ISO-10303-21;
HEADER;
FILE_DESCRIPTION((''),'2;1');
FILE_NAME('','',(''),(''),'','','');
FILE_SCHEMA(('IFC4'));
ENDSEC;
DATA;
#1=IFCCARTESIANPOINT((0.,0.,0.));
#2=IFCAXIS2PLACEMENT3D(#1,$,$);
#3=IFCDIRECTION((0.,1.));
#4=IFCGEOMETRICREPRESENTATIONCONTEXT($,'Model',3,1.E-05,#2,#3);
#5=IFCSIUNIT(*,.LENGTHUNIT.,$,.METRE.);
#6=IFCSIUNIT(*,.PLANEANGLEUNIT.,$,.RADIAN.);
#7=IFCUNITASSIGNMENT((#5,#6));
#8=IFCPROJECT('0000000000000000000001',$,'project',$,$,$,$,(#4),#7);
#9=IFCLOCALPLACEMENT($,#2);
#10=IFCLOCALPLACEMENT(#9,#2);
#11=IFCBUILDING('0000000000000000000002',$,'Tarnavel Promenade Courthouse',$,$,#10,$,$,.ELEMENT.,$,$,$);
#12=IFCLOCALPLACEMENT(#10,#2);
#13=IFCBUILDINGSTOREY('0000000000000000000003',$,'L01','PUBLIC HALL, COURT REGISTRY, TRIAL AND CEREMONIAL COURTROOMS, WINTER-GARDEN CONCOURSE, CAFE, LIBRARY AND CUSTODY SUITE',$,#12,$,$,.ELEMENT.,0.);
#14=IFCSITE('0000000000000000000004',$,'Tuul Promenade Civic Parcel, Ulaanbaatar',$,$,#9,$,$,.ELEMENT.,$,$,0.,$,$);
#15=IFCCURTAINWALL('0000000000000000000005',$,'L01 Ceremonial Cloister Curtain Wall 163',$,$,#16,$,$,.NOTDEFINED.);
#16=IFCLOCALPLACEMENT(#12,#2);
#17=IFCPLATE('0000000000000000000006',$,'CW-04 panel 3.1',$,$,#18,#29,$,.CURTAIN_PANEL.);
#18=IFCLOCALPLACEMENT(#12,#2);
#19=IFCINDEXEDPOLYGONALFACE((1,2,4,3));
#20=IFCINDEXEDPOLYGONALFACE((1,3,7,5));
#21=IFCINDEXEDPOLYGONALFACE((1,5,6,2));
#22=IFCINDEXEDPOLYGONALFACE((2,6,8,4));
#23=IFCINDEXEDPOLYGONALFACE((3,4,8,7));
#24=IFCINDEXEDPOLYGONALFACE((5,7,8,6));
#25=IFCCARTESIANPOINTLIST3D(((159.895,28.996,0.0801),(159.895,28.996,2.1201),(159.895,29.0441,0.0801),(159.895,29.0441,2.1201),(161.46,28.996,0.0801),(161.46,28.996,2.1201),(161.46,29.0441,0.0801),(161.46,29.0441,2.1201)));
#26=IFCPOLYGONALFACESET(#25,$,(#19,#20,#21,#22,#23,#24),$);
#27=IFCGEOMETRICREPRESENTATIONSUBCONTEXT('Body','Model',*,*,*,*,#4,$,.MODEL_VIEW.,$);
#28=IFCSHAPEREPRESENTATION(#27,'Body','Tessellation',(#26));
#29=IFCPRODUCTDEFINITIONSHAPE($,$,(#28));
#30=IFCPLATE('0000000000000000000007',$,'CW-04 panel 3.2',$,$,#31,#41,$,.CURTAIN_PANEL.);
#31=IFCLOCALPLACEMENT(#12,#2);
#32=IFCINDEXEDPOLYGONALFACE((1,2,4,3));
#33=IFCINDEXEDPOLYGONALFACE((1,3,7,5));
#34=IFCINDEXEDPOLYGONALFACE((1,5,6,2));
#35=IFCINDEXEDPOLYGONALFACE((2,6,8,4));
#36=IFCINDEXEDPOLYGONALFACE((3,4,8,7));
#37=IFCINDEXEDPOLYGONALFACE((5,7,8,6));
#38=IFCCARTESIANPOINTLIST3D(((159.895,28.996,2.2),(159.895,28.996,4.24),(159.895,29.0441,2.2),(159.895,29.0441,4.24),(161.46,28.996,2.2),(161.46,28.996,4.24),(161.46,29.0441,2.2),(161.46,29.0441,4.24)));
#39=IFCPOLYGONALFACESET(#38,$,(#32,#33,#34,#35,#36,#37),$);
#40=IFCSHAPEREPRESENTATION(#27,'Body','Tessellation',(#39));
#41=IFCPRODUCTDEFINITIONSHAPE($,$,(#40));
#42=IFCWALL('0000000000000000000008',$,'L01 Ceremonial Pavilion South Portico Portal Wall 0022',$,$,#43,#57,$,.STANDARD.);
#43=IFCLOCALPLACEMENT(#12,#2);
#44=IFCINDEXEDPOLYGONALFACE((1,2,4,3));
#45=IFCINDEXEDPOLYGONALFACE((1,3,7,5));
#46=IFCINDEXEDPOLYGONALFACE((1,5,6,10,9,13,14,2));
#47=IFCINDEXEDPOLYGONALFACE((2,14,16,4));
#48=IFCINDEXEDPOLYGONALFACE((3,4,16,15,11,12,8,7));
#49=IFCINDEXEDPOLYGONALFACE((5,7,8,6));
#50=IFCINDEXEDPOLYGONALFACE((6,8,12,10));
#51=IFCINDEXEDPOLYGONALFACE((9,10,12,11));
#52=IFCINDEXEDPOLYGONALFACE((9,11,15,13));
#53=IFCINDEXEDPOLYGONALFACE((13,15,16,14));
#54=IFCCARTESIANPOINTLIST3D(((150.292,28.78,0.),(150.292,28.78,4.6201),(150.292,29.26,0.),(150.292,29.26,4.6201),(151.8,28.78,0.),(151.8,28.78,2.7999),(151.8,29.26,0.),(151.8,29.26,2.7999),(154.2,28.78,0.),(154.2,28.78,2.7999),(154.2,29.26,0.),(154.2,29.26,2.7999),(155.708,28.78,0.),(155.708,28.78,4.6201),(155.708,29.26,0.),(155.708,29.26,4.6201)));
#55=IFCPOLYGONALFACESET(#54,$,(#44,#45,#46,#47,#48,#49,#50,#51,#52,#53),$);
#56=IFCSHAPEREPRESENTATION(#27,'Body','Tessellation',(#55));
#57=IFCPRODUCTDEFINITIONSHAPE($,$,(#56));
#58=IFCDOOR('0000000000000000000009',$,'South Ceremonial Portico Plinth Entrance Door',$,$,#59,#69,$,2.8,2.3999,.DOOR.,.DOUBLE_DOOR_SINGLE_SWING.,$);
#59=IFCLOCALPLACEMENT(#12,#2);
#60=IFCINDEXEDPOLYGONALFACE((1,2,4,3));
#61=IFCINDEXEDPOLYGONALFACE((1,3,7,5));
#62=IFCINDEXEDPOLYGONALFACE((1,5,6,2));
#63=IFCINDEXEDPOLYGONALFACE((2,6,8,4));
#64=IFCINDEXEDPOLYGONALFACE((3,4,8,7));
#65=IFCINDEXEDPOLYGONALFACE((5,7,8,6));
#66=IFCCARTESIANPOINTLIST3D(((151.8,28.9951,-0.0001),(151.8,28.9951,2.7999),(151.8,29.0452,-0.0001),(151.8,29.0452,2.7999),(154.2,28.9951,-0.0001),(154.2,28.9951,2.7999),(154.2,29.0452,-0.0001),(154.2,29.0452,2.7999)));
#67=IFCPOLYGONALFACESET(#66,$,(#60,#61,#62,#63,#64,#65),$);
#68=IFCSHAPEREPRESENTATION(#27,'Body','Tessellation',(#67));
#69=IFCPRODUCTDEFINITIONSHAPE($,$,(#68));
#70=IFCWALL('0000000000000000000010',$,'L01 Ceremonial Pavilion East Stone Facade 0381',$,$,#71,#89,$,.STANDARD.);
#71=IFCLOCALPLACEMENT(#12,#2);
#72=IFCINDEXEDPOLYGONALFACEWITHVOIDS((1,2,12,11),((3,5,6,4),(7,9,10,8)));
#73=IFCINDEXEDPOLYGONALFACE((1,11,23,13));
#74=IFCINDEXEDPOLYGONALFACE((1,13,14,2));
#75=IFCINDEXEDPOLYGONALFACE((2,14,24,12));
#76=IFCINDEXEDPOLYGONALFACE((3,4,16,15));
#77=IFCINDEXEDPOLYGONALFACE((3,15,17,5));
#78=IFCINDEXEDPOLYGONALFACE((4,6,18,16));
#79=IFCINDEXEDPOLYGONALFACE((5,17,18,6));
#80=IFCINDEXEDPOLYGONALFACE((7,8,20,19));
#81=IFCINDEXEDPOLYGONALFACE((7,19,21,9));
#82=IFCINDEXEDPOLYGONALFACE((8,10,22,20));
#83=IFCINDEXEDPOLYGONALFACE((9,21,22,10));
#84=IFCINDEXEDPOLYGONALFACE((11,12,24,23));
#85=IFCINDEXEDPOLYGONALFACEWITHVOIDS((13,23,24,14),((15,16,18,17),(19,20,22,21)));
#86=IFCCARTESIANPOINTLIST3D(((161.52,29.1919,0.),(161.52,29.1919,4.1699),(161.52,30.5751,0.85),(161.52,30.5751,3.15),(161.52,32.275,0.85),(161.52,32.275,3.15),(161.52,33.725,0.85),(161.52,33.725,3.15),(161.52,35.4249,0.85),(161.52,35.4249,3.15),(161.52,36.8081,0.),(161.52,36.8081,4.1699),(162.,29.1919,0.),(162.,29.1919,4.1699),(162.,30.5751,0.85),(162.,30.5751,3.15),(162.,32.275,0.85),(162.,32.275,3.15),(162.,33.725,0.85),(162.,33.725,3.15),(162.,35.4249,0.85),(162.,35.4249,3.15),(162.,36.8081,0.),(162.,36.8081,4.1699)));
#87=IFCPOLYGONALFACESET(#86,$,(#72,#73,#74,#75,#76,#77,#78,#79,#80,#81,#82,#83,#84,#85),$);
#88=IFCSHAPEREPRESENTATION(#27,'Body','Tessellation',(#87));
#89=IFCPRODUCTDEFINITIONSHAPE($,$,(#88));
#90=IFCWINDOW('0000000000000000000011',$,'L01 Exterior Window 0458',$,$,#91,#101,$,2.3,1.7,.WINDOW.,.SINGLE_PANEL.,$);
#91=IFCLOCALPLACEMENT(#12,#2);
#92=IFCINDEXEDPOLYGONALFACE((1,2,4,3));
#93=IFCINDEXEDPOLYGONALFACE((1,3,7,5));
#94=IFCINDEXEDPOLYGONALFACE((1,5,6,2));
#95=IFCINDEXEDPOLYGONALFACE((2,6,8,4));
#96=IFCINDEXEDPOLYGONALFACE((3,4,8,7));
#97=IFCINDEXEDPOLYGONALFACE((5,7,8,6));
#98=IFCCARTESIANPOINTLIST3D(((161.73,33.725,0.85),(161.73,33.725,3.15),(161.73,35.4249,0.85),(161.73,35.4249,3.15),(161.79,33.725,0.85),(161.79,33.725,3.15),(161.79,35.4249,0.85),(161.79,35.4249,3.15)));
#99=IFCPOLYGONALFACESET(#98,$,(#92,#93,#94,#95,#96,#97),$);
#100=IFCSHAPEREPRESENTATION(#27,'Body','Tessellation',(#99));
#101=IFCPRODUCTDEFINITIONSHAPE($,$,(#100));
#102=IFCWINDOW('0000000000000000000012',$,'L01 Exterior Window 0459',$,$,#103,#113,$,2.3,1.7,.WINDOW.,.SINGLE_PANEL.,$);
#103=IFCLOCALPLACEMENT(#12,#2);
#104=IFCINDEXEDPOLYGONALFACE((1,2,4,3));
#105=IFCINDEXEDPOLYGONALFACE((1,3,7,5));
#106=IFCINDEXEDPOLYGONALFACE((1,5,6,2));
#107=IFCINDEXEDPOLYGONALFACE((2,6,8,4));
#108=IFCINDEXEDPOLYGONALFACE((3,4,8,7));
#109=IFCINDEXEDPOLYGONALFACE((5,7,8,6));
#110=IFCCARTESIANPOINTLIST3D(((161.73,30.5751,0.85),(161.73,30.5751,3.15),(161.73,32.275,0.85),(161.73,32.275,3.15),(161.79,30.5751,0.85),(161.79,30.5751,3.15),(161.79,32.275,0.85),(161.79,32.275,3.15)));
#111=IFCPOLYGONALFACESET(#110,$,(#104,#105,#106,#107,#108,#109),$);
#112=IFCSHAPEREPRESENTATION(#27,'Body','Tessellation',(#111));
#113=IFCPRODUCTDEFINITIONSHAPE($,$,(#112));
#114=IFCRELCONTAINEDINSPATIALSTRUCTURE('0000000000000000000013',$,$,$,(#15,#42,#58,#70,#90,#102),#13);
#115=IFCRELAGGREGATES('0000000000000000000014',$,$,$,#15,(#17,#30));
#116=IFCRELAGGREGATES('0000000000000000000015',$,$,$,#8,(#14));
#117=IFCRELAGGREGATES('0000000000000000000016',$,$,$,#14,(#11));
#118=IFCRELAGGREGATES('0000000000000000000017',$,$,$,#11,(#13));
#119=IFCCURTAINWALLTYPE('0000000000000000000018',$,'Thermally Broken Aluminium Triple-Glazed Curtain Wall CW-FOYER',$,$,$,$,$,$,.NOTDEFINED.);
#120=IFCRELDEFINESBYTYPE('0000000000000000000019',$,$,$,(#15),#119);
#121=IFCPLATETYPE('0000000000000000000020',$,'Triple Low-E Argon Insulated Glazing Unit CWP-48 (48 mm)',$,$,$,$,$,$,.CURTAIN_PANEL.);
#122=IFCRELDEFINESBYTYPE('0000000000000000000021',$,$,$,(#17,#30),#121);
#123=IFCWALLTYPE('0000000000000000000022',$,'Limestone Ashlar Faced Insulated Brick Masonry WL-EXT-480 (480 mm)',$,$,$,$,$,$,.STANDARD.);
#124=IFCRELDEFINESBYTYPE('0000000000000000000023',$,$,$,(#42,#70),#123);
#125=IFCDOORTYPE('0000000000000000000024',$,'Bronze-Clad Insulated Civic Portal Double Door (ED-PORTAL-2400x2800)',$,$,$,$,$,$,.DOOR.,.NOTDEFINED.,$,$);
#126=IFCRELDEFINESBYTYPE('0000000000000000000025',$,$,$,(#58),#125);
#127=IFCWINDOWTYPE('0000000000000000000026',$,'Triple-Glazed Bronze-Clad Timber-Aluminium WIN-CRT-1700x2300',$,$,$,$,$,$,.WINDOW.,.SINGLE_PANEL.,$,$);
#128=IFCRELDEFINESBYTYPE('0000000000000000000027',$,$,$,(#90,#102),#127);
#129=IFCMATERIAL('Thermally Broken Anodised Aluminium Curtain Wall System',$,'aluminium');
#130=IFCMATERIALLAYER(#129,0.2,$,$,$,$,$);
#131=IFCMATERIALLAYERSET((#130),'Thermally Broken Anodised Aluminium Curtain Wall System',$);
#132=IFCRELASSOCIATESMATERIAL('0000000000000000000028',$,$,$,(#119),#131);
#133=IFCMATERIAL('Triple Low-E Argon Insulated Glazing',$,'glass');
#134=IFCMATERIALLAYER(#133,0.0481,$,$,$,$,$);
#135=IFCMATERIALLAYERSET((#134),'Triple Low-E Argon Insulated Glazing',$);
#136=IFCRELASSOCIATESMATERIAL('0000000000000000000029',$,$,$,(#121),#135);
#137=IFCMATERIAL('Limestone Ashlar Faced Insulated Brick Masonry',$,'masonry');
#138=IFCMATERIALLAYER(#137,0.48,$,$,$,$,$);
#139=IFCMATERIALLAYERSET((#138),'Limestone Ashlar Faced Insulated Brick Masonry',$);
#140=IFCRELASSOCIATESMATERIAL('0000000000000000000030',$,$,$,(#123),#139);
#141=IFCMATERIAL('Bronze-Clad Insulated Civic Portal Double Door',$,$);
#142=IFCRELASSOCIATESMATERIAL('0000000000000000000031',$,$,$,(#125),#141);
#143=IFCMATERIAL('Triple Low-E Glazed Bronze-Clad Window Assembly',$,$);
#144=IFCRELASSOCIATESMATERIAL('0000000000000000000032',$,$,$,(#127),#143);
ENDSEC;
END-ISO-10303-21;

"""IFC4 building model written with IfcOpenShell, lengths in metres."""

from ifc_helpers import new_model, si_unit, direction, frame, frame_2d, origin, origin_2d, place, context, subcontext, project, spatial, rectangle, extrude, material, layer, layer_set, type_object, element, fill, aggregate, save


model = new_model("IFC4")

# Units and contexts
model_context = context("Model", 3, precision=1e-05, world=origin(), true_north=direction((0.0, 1.0)))
body_context = subcontext(model_context, "Body", "Model", "MODEL_VIEW")
ifc_project = project(units=[si_unit("LENGTHUNIT", "METRE"), si_unit("PLANEANGLEUNIT", "RADIAN")], contexts=[model_context])

# Site, building, storey
site_placement = place(None, origin())
site = spatial("IfcSite", under=ifc_project, at=site_placement, Name="Tuul Promenade Civic Parcel, Ulaanbaatar", CompositionType="ELEMENT", RefElevation=0.0)
building_placement = place(site_placement, origin())
building = spatial("IfcBuilding", under=site, at=building_placement, Name="Tarnavel Promenade Courthouse", CompositionType="ELEMENT")
storey_placement = place(building_placement, origin())
storey = spatial("IfcBuildingStorey", under=building, at=storey_placement, Name="L01", Description="PUBLIC HALL, COURT REGISTRY, TRIAL AND CEREMONIAL COURTROOMS, WINTER-GARDEN CONCOURSE, CAFE, LIBRARY AND CUSTODY SUITE", CompositionType="ELEMENT", Elevation=0.0)

# Shared definitions
ifc_material_1 = material(Name="Thermally Broken Anodised Aluminium Curtain Wall System", Category="aluminium")
ifc_layer_1 = layer(ifc_material_1, 0.2)
ifc_layer_set_1 = layer_set([ifc_layer_1], Name="Thermally Broken Anodised Aluminium Curtain Wall System")
curtain_wall_type = type_object("IfcCurtainWallType", Name="Thermally Broken Aluminium Triple-Glazed Curtain Wall CW-FOYER", PredefinedType="NOTDEFINED", material=ifc_layer_set_1)

# Curtain wall, plates
curtain_wall_1_placement = place(storey_placement, origin())
curtain_wall_1 = element("IfcCurtainWall", 1, at=curtain_wall_1_placement, inside=storey, type_object=curtain_wall_type, Name="L01 Ceremonial Cloister Curtain Wall 163", PredefinedType="NOTDEFINED")
ifc_material_2 = material(Name="Triple Low-E Argon Insulated Glazing", Category="glass")
ifc_layer_2 = layer(ifc_material_2, 0.0481)
ifc_layer_set_2 = layer_set([ifc_layer_2], Name="Triple Low-E Argon Insulated Glazing")
plate_type = type_object("IfcPlateType", Name="Triple Low-E Argon Insulated Glazing Unit CWP-48 (48 mm)", PredefinedType="CURTAIN_PANEL", material=ifc_layer_set_2)
plate_1_placement = place(storey_placement, frame((160.6775, 29.02, 0.0801), z_axis=(0.0, 0.0, 1.0), x_axis=(1.0, 0.0, 0.0)))
plate_1 = element("IfcPlate", 2, at=plate_1_placement, type_object=plate_type, Name="CW-04 panel 3.1", PredefinedType="CURTAIN_PANEL", context=body_context, shape_type="SweptSolid", body=[
    extrude(rectangle(XDim=1.5649, YDim=0.0481, at=origin_2d()), origin(), (0.0, 0.0, 1.0), 2.04),
])
plate_2_placement = place(storey_placement, frame((160.6775, 29.02, 2.2), z_axis=(0.0, 0.0, 1.0), x_axis=(1.0, 0.0, 0.0)))
plate_2 = element("IfcPlate", 3, at=plate_2_placement, type_object=plate_type, Name="CW-04 panel 3.2", PredefinedType="CURTAIN_PANEL", context=body_context, shape_type="SweptSolid", body=[
    extrude(rectangle(XDim=1.5649, YDim=0.0481, at=origin_2d()), origin(), (0.0, 0.0, 1.0), 2.04),
])
aggregate(curtain_wall_1, [plate_1, plate_2])

# Wall, opening, door
ifc_material_3 = material(Name="Limestone Ashlar Faced Insulated Brick Masonry", Category="masonry")
ifc_layer_3 = layer(ifc_material_3, 0.48)
ifc_layer_set_3 = layer_set([ifc_layer_3], Name="Limestone Ashlar Faced Insulated Brick Masonry")
wall_type = type_object("IfcWallType", Name="Limestone Ashlar Faced Insulated Brick Masonry WL-EXT-480 (480 mm)", PredefinedType="STANDARD", material=ifc_layer_set_3)
wall_1_placement = place(storey_placement, frame((155.708, 29.02, 0.0), z_axis=(0.0, 0.0, 1.0), x_axis=(-1.0, 0.0, 0.0)))
wall_1 = element("IfcWall", 4, at=wall_1_placement, inside=storey, type_object=wall_type, Name="L01 Ceremonial Pavilion South Portico Portal Wall 0022", PredefinedType="STANDARD", context=body_context, shape_type="SweptSolid", body=[
    extrude(rectangle(XDim=5.416, YDim=0.48, at=frame_2d((2.708, 0.0))), origin(), (0.0, 0.0, 1.0), 4.6201),
])
opening_1_placement = place(wall_1_placement, frame((1.5081, 0.0, 0.0)))
opening_1 = element("IfcOpeningElement", 5, at=opening_1_placement, cuts=wall_1, PredefinedType="OPENING", context=body_context, shape_type="SweptSolid", body=[
    extrude(rectangle(XDim=2.3999, YDim=2.8, at=frame_2d((1.2, 1.3999))), frame((0.0, 0.25, 0.0), z_axis=(0.0, -1.0, 0.0), x_axis=(1.0, 0.0, 0.0)), (0.0, 0.0, 1.0), 0.5),
])
ifc_material_4 = material(Name="Bronze-Clad Insulated Civic Portal Double Door")
door_type = type_object("IfcDoorType", Name="Bronze-Clad Insulated Civic Portal Double Door (ED-PORTAL-2400x2800)", OperationType="NOTDEFINED", PredefinedType="DOOR", material=ifc_material_4)
door_placement = place(opening_1_placement, origin())
door = element("IfcDoor", 6, at=door_placement, inside=storey, type_object=door_type, Name="South Ceremonial Portico Plinth Entrance Door", OperationType="DOUBLE_DOOR_SINGLE_SWING", OverallHeight=2.8, OverallWidth=2.3999, PredefinedType="DOOR", context=body_context, shape_type="SweptSolid", body=[
    extrude(rectangle(XDim=2.3999, YDim=2.8, at=frame_2d((1.2, 1.3999))), frame((0.0, 0.0249, 0.0), z_axis=(0.0, -1.0, 0.0), x_axis=(1.0, 0.0, 0.0)), (0.0, 0.0, 1.0), 0.05),
])
fill(opening_1, door)

# Wall, openings, windows
wall_2_placement = place(storey_placement, frame((161.76, 36.8081, 0.0), z_axis=(0.0, 0.0, 1.0), x_axis=(0.0, -1.0, 0.0)))
wall_2 = element("IfcWall", 7, at=wall_2_placement, inside=storey, type_object=wall_type, Name="L01 Ceremonial Pavilion East Stone Facade 0381", PredefinedType="STANDARD", context=body_context, shape_type="SweptSolid", body=[
    extrude(rectangle(XDim=7.6162, YDim=0.48, at=frame_2d((3.8081, 0.0))), origin(), (0.0, 0.0, 1.0), 4.1699),
])
opening_2_placement = place(wall_2_placement, frame((1.3831, 0.0, 0.8501)))
opening_2 = element("IfcOpeningElement", 8, at=opening_2_placement, cuts=wall_2, PredefinedType="OPENING", context=body_context, shape_type="SweptSolid", body=[
    extrude(rectangle(XDim=1.7, YDim=2.3, at=frame_2d((0.8501, 1.1499))), frame((0.0, 0.25, 0.0), z_axis=(0.0, -1.0, 0.0), x_axis=(1.0, 0.0, 0.0)), (0.0, 0.0, 1.0), 0.5),
])
opening_3_placement = place(wall_2_placement, frame((4.533, 0.0, 0.8501)))
opening_3 = element("IfcOpeningElement", 9, at=opening_3_placement, cuts=wall_2, PredefinedType="OPENING", context=body_context, shape_type="SweptSolid", body=[
    extrude(rectangle(XDim=1.7, YDim=2.3, at=frame_2d((0.8501, 1.1499))), frame((0.0, 0.25, 0.0), z_axis=(0.0, -1.0, 0.0), x_axis=(1.0, 0.0, 0.0)), (0.0, 0.0, 1.0), 0.5),
])
ifc_material_5 = material(Name="Triple Low-E Glazed Bronze-Clad Window Assembly")
window_type = type_object("IfcWindowType", Name="Triple-Glazed Bronze-Clad Timber-Aluminium WIN-CRT-1700x2300", PartitioningType="SINGLE_PANEL", PredefinedType="WINDOW", material=ifc_material_5)
window_1_placement = place(opening_2_placement, origin())
window_1 = element("IfcWindow", 10, at=window_1_placement, inside=storey, type_object=window_type, Name="L01 Exterior Window 0458", OverallHeight=2.3, OverallWidth=1.7, PartitioningType="SINGLE_PANEL", PredefinedType="WINDOW", context=body_context, shape_type="SweptSolid", body=[
    extrude(rectangle(XDim=1.7, YDim=2.3, at=frame_2d((0.8501, 1.1499))), frame((0.0, 0.03, 0.0), z_axis=(0.0, -1.0, 0.0), x_axis=(1.0, 0.0, 0.0)), (0.0, 0.0, 1.0), 0.0601),
])
fill(opening_2, window_1)
window_2_placement = place(opening_3_placement, origin())
window_2 = element("IfcWindow", 11, at=window_2_placement, inside=storey, type_object=window_type, Name="L01 Exterior Window 0459", OverallHeight=2.3, OverallWidth=1.7, PartitioningType="SINGLE_PANEL", PredefinedType="WINDOW", context=body_context, shape_type="SweptSolid", body=[
    extrude(rectangle(XDim=1.7, YDim=2.3, at=frame_2d((0.8501, 1.1499))), frame((0.0, 0.03, 0.0), z_axis=(0.0, -1.0, 0.0), x_axis=(1.0, 0.0, 0.0)), (0.0, 0.0, 1.0), 0.0601),
])
fill(opening_3, window_2)

save(model, "model.ifc")
